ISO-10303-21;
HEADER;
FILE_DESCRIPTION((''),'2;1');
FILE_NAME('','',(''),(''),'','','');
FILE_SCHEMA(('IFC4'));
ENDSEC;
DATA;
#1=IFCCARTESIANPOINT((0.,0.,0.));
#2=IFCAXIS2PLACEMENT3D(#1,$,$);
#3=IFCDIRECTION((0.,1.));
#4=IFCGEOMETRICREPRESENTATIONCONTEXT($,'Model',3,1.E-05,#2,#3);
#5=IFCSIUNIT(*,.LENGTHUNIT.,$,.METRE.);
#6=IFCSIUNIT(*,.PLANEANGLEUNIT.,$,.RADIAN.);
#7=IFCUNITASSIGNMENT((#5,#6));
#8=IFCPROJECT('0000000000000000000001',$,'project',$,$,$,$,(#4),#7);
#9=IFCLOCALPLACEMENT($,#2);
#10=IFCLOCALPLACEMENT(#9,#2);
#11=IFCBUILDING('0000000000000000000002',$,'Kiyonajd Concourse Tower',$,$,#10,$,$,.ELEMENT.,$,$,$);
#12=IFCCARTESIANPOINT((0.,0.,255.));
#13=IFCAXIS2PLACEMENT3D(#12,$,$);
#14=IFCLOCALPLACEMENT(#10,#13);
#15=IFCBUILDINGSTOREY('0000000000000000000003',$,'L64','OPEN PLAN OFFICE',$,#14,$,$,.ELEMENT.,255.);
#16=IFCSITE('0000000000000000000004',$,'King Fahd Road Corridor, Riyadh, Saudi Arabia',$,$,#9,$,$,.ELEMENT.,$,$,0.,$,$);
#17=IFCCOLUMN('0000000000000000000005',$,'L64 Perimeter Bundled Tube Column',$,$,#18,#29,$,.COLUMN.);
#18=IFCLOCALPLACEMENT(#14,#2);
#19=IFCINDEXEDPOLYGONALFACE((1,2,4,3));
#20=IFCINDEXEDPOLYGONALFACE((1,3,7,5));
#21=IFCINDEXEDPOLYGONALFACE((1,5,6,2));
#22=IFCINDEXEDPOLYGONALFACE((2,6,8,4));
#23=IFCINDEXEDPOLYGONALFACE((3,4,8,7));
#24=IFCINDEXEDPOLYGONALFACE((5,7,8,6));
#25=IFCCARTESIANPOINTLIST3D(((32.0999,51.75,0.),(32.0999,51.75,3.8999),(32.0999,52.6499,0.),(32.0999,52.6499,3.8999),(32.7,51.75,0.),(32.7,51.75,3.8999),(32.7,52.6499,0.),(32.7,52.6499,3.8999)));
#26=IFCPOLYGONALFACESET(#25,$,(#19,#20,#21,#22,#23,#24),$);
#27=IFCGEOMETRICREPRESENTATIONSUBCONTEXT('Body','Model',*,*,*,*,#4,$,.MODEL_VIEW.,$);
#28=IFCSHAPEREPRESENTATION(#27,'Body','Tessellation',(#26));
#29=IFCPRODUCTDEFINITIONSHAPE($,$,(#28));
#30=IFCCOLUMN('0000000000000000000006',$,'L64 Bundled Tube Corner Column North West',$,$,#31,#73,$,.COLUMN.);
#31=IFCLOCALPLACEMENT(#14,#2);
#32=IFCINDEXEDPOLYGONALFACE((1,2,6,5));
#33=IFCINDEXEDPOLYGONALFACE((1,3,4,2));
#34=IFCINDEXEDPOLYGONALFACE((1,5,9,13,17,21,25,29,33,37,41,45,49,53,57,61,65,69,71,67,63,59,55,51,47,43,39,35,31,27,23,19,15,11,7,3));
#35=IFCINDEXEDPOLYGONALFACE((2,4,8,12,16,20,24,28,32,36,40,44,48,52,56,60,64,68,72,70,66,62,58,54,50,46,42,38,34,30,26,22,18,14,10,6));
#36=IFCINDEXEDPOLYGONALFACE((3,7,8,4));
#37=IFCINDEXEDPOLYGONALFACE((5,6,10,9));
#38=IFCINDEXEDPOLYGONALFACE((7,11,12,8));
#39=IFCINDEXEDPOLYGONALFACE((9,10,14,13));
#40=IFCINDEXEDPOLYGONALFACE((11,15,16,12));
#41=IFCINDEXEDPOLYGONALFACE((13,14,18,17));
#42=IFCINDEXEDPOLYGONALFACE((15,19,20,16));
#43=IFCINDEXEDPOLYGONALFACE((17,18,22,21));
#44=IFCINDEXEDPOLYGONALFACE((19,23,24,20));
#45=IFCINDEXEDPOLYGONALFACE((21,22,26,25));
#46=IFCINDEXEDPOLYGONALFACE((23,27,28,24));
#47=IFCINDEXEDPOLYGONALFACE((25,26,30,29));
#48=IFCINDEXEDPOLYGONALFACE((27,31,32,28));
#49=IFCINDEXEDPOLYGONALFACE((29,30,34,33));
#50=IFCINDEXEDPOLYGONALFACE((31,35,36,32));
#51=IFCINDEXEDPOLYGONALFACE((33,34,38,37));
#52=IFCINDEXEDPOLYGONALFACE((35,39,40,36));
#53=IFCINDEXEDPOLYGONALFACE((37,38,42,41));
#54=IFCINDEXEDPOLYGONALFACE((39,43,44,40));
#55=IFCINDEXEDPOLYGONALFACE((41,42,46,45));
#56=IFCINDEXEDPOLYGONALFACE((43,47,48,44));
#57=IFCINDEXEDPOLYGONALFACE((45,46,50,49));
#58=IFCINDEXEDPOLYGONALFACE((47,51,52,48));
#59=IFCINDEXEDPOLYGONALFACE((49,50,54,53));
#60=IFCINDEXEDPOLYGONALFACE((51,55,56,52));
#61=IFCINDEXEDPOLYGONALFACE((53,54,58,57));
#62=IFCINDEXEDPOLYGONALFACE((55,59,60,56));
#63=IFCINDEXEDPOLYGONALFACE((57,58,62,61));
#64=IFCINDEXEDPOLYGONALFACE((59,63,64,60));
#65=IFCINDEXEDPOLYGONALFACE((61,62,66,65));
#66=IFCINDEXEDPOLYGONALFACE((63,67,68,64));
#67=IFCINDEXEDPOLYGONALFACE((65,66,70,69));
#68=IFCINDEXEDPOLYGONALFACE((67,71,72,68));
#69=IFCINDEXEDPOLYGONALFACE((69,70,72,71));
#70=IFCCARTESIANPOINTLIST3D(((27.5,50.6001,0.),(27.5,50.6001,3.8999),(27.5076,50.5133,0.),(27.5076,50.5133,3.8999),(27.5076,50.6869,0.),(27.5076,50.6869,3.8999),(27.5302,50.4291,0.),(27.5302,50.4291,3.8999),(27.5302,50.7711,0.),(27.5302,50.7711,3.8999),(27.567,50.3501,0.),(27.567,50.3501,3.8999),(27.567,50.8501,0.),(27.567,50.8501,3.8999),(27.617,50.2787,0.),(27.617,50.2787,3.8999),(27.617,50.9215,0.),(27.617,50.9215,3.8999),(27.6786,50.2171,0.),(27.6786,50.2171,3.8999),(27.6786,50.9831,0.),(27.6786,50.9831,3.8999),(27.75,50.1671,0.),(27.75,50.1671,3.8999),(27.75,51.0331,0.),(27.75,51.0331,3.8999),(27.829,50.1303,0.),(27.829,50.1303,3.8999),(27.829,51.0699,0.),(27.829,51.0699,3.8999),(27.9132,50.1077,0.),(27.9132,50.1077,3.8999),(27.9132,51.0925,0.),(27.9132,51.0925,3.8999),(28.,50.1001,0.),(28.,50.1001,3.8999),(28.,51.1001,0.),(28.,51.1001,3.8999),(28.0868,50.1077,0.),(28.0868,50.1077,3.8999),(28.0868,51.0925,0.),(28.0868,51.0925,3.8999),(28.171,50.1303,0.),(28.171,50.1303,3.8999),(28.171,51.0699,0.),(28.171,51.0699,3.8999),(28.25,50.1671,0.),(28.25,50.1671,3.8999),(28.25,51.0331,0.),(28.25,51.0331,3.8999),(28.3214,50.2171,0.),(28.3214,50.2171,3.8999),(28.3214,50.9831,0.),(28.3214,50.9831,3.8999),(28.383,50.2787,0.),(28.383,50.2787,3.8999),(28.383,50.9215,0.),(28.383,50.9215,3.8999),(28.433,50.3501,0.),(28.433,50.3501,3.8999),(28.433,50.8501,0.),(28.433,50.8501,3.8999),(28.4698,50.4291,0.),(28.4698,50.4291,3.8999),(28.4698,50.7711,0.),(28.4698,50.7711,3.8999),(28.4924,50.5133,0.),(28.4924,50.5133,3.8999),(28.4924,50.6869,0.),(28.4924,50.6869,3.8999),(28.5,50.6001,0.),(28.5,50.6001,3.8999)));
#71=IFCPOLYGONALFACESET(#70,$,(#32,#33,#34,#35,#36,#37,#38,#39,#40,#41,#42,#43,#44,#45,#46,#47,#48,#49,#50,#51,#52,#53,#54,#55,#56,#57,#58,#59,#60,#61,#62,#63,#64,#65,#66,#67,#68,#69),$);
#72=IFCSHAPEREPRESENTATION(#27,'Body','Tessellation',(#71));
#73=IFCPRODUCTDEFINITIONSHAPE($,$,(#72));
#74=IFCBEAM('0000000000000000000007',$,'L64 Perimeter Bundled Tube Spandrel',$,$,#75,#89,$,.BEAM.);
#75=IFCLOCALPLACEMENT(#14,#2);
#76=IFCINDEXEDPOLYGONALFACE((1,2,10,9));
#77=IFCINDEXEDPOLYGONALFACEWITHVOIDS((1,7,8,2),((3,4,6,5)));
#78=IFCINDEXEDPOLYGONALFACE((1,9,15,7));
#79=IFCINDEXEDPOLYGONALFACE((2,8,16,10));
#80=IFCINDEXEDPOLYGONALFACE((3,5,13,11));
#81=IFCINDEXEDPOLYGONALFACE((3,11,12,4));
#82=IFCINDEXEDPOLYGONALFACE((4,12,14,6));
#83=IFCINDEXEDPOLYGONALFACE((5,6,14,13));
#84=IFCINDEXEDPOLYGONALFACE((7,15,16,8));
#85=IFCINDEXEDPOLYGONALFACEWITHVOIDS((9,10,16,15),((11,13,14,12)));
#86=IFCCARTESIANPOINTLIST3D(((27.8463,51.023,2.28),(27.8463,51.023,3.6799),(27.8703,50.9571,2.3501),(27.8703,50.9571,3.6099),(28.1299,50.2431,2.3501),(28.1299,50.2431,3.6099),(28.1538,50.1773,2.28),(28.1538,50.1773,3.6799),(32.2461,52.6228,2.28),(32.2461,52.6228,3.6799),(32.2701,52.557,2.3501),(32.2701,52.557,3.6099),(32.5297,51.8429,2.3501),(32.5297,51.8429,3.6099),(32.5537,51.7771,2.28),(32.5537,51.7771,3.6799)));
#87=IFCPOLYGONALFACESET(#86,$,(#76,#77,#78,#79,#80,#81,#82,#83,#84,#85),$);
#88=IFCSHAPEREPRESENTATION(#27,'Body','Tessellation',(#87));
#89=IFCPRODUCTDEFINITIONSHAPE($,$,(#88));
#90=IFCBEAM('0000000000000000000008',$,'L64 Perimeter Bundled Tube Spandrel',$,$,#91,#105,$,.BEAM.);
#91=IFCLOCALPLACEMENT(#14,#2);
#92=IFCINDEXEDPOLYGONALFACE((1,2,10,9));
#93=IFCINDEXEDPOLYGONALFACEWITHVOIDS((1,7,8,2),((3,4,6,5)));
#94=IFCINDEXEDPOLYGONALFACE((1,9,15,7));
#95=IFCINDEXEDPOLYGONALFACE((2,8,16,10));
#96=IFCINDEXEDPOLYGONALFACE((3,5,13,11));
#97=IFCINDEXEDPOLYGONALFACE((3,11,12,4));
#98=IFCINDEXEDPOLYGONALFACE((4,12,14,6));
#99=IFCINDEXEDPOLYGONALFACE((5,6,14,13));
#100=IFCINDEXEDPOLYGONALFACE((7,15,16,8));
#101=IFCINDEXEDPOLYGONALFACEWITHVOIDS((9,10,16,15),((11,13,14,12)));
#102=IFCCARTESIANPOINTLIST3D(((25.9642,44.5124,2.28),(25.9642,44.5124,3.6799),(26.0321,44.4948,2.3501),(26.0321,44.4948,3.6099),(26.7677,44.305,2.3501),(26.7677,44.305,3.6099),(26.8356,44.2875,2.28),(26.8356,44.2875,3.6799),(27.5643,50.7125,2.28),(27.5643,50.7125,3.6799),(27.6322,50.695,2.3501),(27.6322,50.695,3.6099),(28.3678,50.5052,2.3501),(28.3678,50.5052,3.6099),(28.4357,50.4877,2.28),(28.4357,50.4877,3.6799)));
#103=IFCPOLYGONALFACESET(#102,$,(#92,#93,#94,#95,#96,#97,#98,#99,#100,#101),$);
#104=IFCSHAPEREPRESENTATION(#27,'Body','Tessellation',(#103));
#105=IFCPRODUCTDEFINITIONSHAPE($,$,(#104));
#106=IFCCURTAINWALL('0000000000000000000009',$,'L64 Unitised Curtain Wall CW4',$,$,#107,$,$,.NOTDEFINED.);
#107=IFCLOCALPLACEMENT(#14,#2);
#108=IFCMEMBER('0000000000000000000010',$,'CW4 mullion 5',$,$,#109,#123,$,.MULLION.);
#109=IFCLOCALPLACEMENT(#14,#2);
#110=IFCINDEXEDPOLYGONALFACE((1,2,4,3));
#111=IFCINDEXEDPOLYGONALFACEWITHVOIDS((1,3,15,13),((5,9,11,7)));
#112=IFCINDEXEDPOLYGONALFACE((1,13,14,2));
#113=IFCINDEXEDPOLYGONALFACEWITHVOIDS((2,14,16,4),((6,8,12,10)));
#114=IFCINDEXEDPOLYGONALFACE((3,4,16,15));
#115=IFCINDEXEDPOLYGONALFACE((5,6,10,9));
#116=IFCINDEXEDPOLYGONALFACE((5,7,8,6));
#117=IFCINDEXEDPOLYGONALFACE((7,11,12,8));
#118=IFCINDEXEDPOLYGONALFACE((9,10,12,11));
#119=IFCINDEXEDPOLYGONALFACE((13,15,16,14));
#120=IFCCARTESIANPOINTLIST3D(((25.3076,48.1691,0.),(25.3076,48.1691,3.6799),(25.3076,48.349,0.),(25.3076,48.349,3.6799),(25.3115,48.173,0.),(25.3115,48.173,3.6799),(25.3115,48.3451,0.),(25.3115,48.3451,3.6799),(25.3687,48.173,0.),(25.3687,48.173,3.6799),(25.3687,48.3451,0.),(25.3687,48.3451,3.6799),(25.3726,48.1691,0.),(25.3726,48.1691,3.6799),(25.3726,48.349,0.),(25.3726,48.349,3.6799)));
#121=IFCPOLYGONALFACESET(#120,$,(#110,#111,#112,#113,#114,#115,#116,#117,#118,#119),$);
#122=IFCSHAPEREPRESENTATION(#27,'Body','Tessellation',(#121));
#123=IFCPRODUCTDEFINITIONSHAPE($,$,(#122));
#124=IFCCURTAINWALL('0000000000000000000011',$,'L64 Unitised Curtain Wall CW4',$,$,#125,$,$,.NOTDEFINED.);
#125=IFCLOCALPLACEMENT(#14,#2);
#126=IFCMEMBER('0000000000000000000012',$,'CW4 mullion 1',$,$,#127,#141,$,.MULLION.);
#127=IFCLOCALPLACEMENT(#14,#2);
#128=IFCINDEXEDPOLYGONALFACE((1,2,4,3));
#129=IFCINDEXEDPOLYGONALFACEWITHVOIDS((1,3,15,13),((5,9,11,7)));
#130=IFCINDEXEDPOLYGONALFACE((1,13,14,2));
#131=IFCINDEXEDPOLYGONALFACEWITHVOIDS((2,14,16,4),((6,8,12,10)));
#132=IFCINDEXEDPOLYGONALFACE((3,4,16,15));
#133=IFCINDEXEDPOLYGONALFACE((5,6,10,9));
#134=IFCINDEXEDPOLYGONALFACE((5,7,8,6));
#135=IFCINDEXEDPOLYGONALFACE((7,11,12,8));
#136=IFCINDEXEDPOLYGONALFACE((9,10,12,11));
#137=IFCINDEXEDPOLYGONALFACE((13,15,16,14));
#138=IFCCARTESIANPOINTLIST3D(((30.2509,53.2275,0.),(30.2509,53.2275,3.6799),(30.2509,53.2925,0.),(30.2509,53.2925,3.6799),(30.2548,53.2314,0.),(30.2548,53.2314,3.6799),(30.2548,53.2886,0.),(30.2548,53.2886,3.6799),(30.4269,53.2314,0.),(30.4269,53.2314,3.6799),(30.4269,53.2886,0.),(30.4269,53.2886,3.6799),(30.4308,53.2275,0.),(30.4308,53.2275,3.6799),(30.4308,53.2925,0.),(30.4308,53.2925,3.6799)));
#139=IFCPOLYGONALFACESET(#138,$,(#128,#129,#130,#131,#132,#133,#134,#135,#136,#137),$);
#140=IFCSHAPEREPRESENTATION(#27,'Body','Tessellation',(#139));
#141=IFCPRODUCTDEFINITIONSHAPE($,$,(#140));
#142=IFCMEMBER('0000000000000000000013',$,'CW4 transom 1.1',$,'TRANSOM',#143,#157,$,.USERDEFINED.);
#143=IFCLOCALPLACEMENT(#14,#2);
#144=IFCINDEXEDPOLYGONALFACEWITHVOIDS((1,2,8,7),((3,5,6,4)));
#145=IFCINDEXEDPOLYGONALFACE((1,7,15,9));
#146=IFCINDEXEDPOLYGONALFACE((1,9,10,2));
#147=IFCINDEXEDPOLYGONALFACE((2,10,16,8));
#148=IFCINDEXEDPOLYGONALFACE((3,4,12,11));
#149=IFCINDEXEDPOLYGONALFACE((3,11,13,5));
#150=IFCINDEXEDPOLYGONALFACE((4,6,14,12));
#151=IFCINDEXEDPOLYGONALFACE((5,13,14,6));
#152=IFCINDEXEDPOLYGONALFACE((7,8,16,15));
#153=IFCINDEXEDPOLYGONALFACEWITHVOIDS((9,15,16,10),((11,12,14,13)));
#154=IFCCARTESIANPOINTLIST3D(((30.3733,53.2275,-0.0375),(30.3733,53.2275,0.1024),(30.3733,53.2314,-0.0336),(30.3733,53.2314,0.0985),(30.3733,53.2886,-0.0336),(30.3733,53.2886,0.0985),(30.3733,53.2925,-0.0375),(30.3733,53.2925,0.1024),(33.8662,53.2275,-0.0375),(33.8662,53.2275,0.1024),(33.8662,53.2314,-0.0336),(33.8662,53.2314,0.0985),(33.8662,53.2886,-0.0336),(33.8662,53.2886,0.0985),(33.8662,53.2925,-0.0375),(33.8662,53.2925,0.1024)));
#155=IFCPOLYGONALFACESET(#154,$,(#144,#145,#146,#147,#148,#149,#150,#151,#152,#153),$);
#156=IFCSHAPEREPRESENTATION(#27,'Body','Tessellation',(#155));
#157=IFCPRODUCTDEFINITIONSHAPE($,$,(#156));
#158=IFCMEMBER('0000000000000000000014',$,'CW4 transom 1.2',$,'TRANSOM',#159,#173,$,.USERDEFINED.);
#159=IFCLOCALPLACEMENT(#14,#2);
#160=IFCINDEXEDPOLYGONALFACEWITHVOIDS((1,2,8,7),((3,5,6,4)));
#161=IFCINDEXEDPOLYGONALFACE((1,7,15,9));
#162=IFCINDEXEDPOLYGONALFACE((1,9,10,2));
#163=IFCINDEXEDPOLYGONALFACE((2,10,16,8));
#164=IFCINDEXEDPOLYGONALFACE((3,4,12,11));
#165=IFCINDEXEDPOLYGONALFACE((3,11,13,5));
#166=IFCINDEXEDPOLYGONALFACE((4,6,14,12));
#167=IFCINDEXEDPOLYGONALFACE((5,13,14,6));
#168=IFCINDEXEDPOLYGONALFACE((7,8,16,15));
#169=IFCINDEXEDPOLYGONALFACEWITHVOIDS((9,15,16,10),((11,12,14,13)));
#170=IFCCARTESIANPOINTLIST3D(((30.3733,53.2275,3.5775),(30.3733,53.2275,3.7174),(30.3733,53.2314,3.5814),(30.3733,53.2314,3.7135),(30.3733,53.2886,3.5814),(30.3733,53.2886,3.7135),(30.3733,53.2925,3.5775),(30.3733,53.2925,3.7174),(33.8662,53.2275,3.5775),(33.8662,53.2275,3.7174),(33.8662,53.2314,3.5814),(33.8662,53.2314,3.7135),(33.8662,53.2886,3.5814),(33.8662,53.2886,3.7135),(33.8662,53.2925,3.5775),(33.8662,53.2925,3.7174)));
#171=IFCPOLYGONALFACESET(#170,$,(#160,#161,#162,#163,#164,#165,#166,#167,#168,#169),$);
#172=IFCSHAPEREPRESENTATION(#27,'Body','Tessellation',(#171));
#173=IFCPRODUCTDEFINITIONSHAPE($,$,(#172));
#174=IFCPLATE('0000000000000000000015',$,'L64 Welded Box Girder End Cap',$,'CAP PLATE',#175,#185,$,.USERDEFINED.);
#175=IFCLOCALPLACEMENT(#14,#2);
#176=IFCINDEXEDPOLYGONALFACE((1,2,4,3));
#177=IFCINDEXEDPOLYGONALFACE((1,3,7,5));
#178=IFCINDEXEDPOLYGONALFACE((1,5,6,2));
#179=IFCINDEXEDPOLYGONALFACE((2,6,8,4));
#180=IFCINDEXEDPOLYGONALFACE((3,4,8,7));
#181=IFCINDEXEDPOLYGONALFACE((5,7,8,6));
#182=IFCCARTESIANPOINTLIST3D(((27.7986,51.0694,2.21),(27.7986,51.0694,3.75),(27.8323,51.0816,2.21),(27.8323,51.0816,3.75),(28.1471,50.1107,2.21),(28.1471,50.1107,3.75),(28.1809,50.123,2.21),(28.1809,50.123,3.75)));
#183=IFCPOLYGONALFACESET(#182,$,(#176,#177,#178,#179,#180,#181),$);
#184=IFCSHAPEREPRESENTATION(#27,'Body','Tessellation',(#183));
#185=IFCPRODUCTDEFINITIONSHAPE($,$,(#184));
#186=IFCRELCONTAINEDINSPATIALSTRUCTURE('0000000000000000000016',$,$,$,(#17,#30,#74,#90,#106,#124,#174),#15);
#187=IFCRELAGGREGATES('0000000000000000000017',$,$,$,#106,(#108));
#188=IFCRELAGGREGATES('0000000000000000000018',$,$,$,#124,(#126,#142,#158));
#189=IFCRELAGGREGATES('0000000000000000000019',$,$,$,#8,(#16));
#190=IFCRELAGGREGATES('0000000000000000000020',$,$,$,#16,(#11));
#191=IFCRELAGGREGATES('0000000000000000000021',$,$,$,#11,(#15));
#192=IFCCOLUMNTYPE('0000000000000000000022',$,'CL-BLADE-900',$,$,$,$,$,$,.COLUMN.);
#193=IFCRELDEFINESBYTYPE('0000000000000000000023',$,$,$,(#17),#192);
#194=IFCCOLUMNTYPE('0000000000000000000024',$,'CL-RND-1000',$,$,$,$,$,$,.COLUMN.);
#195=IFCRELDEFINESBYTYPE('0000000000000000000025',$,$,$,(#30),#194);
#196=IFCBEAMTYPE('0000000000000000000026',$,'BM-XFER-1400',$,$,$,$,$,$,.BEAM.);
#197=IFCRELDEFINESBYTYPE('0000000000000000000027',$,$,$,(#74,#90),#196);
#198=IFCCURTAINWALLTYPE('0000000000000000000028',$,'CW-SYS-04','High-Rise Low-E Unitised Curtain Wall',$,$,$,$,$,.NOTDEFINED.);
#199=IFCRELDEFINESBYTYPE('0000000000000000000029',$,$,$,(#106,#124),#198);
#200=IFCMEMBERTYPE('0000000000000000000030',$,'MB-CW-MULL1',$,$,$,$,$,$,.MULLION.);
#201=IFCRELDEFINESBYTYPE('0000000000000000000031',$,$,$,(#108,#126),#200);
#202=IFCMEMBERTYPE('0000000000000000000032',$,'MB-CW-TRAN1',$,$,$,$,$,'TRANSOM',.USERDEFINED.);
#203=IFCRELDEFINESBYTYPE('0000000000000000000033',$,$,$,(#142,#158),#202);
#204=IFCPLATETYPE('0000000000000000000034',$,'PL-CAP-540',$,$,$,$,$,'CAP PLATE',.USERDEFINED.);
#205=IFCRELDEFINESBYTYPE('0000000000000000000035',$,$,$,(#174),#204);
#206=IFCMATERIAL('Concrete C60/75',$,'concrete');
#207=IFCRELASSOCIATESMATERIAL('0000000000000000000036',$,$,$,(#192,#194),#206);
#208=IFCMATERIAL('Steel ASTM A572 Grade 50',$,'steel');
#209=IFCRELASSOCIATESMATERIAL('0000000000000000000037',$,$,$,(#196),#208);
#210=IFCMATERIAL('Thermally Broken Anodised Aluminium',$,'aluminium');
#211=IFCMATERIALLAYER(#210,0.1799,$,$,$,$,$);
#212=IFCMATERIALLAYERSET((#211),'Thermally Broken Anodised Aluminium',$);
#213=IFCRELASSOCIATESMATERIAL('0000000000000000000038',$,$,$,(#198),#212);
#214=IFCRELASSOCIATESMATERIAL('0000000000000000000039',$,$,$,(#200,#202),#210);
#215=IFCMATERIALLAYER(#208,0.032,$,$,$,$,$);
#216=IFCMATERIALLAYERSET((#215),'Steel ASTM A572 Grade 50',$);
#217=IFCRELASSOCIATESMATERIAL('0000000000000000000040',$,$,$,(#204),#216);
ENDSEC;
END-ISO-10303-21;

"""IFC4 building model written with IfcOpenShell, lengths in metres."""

from ifc_helpers import new_model, si_unit, direction, frame, origin, origin_2d, place, context, subcontext, project, spatial, rectangle, hollow_rectangle, circle, extrude, material, layer, layer_set, material_profile, profile_set, type_object, element, aggregate, save


model = new_model("IFC4")

# Units and contexts
model_context = context("Model", 3, precision=1e-05, world=origin(), true_north=direction((0.0, 1.0)))
body_context = subcontext(model_context, "Body", "Model", "MODEL_VIEW")
ifc_project = project(units=[si_unit("LENGTHUNIT", "METRE"), si_unit("PLANEANGLEUNIT", "RADIAN")], contexts=[model_context])

# Site, building, storey
site_placement = place(None, origin())
site = spatial("IfcSite", under=ifc_project, at=site_placement, Name="King Fahd Road Corridor, Riyadh, Saudi Arabia", CompositionType="ELEMENT", RefElevation=0.0)
building_placement = place(site_placement, origin())
building = spatial("IfcBuilding", under=site, at=building_placement, Name="Kiyonajd Concourse Tower", CompositionType="ELEMENT")
storey_placement = place(building_placement, frame((0.0, 0.0, 255.0)))
storey = spatial("IfcBuildingStorey", under=building, at=storey_placement, Name="L64", Description="OPEN PLAN OFFICE", CompositionType="ELEMENT", Elevation=255.0)

# Columns
ifc_material_1 = material(Name="Concrete C60/75", Category="concrete")
ifc_material_profile_1 = material_profile(ifc_material_1, rectangle(XDim=0.6001, YDim=0.8999, at=origin_2d()), Name="RC-900x600")
ifc_profile_set_1 = profile_set([ifc_material_profile_1], Name="Concrete C60/75")
column_type_1 = type_object("IfcColumnType", Name="CL-BLADE-900", PredefinedType="COLUMN", material=ifc_profile_set_1)
column_1_placement = place(storey_placement, frame((32.3999, 52.2, 0.0), z_axis=(0.0, 0.0, 1.0), x_axis=(1.0, 0.0, 0.0)))
element("IfcColumn", 1, at=column_1_placement, inside=storey, type_object=column_type_1, Name="L64 Perimeter Bundled Tube Column", PredefinedType="COLUMN", context=body_context, shape_type="SweptSolid", body=[
    extrude(rectangle(XDim=0.6001, YDim=0.8999, at=origin_2d()), origin(), (0.0, 0.0, 1.0), 3.8999),
])
ifc_material_profile_2 = material_profile(ifc_material_1, circle(Radius=0.5, at=origin_2d()), Name="RCC-D1000")
ifc_profile_set_2 = profile_set([ifc_material_profile_2], Name="Concrete C60/75")
column_type_2 = type_object("IfcColumnType", Name="CL-RND-1000", PredefinedType="COLUMN", material=ifc_profile_set_2)
column_2_placement = place(storey_placement, frame((28.0, 50.6001, 0.0), z_axis=(0.0, 0.0, 1.0), x_axis=(1.0, 0.0, 0.0)))
element("IfcColumn", 2, at=column_2_placement, inside=storey, type_object=column_type_2, Name="L64 Bundled Tube Corner Column North West", PredefinedType="COLUMN", context=body_context, shape_type="SweptSolid", body=[
    extrude(circle(Radius=0.5, at=origin_2d()), origin(), (0.0, 0.0, 1.0), 3.8999),
])

# Beams
ifc_material_2 = material(Name="Steel ASTM A572 Grade 50", Category="steel")
ifc_material_profile_3 = material_profile(ifc_material_2, hollow_rectangle(XDim=0.8999, YDim=1.3999, WallThickness=0.0701, at=origin_2d()), Name="BOX-1400x900x70")
ifc_profile_set_3 = profile_set([ifc_material_profile_3], Name="Steel ASTM A572 Grade 50")
beam_type = type_object("IfcBeamType", Name="BM-XFER-1400", PredefinedType="BEAM", material=ifc_profile_set_3)
beam_1_placement = place(storey_placement, frame((32.3999, 52.2, 2.98), z_axis=(-0.939801, -0.341722, 0.0), x_axis=(0.341722, -0.939801, 0.0)))
element("IfcBeam", 3, at=beam_1_placement, inside=storey, type_object=beam_type, Name="L64 Perimeter Bundled Tube Spandrel", PredefinedType="BEAM", context=body_context, shape_type="SweptSolid", body=[
    extrude(hollow_rectangle(XDim=0.8999, YDim=1.3999, WallThickness=0.0701, at=origin_2d()), origin(), (0.0, 0.0, 1.0), 4.6816),
])
beam_2_placement = place(storey_placement, frame((28.0, 50.6001, 2.98), z_axis=(-0.249885, -0.968276, 0.0), x_axis=(0.968276, -0.249885, 0.0)))
element("IfcBeam", 4, at=beam_2_placement, inside=storey, type_object=beam_type, Name="L64 Perimeter Bundled Tube Spandrel", PredefinedType="BEAM", context=body_context, shape_type="SweptSolid", body=[
    extrude(hollow_rectangle(XDim=0.8999, YDim=1.3999, WallThickness=0.0701, at=origin_2d()), origin(), (0.0, 0.0, 1.0), 6.4033),
])

# Curtain wall, member
ifc_material_3 = material(Name="Thermally Broken Anodised Aluminium", Category="aluminium")
ifc_layer_1 = layer(ifc_material_3, 0.1799)
ifc_layer_set_1 = layer_set([ifc_layer_1], Name="Thermally Broken Anodised Aluminium")
curtain_wall_type = type_object("IfcCurtainWallType", Name="CW-SYS-04", Description="High-Rise Low-E Unitised Curtain Wall", PredefinedType="NOTDEFINED", material=ifc_layer_set_1)
curtain_wall_1_placement = place(storey_placement, origin())
curtain_wall_1 = element("IfcCurtainWall", 5, at=curtain_wall_1_placement, inside=storey, type_object=curtain_wall_type, Name="L64 Unitised Curtain Wall CW4", PredefinedType="NOTDEFINED")
ifc_material_profile_4 = material_profile(ifc_material_3, hollow_rectangle(XDim=0.0649, YDim=0.1799, WallThickness=0.0039, at=origin_2d()), Name="MULL-65x180")
ifc_profile_set_4 = profile_set([ifc_material_profile_4], Name="Thermally Broken Anodised Aluminium")
member_type_1 = type_object("IfcMemberType", Name="MB-CW-MULL1", PredefinedType="MULLION", material=ifc_profile_set_4)
member_1_placement = place(storey_placement, frame((25.3401, 48.259, 0.0), z_axis=(0.0, 0.0, 1.0), x_axis=(-1.0, 0.0, 0.0)))
member_1 = element("IfcMember", 6, at=member_1_placement, type_object=member_type_1, Name="CW4 mullion 5", PredefinedType="MULLION", context=body_context, shape_type="SweptSolid", body=[
    extrude(hollow_rectangle(XDim=0.0649, YDim=0.1799, WallThickness=0.0039, at=origin_2d()), origin(), (0.0, 0.0, 1.0), 3.6799),
])

# Curtain wall, members
curtain_wall_2_placement = place(storey_placement, origin())
curtain_wall_2 = element("IfcCurtainWall", 7, at=curtain_wall_2_placement, inside=storey, type_object=curtain_wall_type, Name="L64 Unitised Curtain Wall CW4", PredefinedType="NOTDEFINED")
member_2_placement = place(storey_placement, frame((30.3408, 53.26, 0.0), z_axis=(0.0, 0.0, 1.0), x_axis=(0.0, 1.0, 0.0)))
member_2 = element("IfcMember", 8, at=member_2_placement, type_object=member_type_1, Name="CW4 mullion 1", PredefinedType="MULLION", context=body_context, shape_type="SweptSolid", body=[
    extrude(hollow_rectangle(XDim=0.0649, YDim=0.1799, WallThickness=0.0039, at=origin_2d()), origin(), (0.0, 0.0, 1.0), 3.6799),
])
ifc_material_profile_5 = material_profile(ifc_material_3, hollow_rectangle(XDim=0.0649, YDim=0.1399, WallThickness=0.0039, at=origin_2d()), Name="TRAN-65x140")
ifc_profile_set_5 = profile_set([ifc_material_profile_5], Name="Thermally Broken Anodised Aluminium")
member_type_2 = type_object("IfcMemberType", Name="MB-CW-TRAN1", ElementType="TRANSOM", PredefinedType="USERDEFINED", material=ifc_profile_set_5)
member_3_placement = place(storey_placement, frame((30.3733, 53.26, 0.0325), z_axis=(1.0, 0.0, 0.0), x_axis=(0.0, 1.0, 0.0)))
member_3 = element("IfcMember", 9, at=member_3_placement, type_object=member_type_2, Name="CW4 transom 1.1", ObjectType="TRANSOM", PredefinedType="USERDEFINED", context=body_context, shape_type="SweptSolid", body=[
    extrude(hollow_rectangle(XDim=0.0649, YDim=0.1399, WallThickness=0.0039, at=origin_2d()), origin(), (0.0, 0.0, 1.0), 3.4929),
])
member_4_placement = place(storey_placement, frame((30.3733, 53.26, 3.6475), z_axis=(1.0, 0.0, 0.0), x_axis=(0.0, 1.0, 0.0)))
member_4 = element("IfcMember", 10, at=member_4_placement, type_object=member_type_2, Name="CW4 transom 1.2", ObjectType="TRANSOM", PredefinedType="USERDEFINED", context=body_context, shape_type="SweptSolid", body=[
    extrude(hollow_rectangle(XDim=0.0649, YDim=0.1399, WallThickness=0.0039, at=origin_2d()), origin(), (0.0, 0.0, 1.0), 3.4929),
])

# Plate
ifc_layer_2 = layer(ifc_material_2, 0.032)
ifc_layer_set_2 = layer_set([ifc_layer_2], Name="Steel ASTM A572 Grade 50")
plate_type_1 = type_object("IfcPlateType", Name="PL-CAP-540", ElementType="CAP PLATE", PredefinedType="USERDEFINED", material=ifc_layer_set_2)
for number, where, z_axis, x_axis, name in (
    (11, (27.9897, 50.5962, 2.21), (0.0, 0.0, 1.0), (-0.939812, -0.341692, 0.0), "L64 Welded Box Girder End Cap"),
):
    element("IfcPlate", number, at=place(storey_placement, frame(where, z_axis=z_axis, x_axis=x_axis)), inside=storey, type_object=plate_type_1, Name=name, ObjectType="CAP PLATE", PredefinedType="USERDEFINED", context=body_context, shape_type="SweptSolid", body=[
        extrude(rectangle(XDim=0.0359, YDim=1.02, at=origin_2d()), origin(), (0.0, 0.0, 1.0), 1.54),
    ])

aggregate(curtain_wall_1, [member_1])
aggregate(curtain_wall_2, [member_2, member_3, member_4])

save(model, "model.ifc")
